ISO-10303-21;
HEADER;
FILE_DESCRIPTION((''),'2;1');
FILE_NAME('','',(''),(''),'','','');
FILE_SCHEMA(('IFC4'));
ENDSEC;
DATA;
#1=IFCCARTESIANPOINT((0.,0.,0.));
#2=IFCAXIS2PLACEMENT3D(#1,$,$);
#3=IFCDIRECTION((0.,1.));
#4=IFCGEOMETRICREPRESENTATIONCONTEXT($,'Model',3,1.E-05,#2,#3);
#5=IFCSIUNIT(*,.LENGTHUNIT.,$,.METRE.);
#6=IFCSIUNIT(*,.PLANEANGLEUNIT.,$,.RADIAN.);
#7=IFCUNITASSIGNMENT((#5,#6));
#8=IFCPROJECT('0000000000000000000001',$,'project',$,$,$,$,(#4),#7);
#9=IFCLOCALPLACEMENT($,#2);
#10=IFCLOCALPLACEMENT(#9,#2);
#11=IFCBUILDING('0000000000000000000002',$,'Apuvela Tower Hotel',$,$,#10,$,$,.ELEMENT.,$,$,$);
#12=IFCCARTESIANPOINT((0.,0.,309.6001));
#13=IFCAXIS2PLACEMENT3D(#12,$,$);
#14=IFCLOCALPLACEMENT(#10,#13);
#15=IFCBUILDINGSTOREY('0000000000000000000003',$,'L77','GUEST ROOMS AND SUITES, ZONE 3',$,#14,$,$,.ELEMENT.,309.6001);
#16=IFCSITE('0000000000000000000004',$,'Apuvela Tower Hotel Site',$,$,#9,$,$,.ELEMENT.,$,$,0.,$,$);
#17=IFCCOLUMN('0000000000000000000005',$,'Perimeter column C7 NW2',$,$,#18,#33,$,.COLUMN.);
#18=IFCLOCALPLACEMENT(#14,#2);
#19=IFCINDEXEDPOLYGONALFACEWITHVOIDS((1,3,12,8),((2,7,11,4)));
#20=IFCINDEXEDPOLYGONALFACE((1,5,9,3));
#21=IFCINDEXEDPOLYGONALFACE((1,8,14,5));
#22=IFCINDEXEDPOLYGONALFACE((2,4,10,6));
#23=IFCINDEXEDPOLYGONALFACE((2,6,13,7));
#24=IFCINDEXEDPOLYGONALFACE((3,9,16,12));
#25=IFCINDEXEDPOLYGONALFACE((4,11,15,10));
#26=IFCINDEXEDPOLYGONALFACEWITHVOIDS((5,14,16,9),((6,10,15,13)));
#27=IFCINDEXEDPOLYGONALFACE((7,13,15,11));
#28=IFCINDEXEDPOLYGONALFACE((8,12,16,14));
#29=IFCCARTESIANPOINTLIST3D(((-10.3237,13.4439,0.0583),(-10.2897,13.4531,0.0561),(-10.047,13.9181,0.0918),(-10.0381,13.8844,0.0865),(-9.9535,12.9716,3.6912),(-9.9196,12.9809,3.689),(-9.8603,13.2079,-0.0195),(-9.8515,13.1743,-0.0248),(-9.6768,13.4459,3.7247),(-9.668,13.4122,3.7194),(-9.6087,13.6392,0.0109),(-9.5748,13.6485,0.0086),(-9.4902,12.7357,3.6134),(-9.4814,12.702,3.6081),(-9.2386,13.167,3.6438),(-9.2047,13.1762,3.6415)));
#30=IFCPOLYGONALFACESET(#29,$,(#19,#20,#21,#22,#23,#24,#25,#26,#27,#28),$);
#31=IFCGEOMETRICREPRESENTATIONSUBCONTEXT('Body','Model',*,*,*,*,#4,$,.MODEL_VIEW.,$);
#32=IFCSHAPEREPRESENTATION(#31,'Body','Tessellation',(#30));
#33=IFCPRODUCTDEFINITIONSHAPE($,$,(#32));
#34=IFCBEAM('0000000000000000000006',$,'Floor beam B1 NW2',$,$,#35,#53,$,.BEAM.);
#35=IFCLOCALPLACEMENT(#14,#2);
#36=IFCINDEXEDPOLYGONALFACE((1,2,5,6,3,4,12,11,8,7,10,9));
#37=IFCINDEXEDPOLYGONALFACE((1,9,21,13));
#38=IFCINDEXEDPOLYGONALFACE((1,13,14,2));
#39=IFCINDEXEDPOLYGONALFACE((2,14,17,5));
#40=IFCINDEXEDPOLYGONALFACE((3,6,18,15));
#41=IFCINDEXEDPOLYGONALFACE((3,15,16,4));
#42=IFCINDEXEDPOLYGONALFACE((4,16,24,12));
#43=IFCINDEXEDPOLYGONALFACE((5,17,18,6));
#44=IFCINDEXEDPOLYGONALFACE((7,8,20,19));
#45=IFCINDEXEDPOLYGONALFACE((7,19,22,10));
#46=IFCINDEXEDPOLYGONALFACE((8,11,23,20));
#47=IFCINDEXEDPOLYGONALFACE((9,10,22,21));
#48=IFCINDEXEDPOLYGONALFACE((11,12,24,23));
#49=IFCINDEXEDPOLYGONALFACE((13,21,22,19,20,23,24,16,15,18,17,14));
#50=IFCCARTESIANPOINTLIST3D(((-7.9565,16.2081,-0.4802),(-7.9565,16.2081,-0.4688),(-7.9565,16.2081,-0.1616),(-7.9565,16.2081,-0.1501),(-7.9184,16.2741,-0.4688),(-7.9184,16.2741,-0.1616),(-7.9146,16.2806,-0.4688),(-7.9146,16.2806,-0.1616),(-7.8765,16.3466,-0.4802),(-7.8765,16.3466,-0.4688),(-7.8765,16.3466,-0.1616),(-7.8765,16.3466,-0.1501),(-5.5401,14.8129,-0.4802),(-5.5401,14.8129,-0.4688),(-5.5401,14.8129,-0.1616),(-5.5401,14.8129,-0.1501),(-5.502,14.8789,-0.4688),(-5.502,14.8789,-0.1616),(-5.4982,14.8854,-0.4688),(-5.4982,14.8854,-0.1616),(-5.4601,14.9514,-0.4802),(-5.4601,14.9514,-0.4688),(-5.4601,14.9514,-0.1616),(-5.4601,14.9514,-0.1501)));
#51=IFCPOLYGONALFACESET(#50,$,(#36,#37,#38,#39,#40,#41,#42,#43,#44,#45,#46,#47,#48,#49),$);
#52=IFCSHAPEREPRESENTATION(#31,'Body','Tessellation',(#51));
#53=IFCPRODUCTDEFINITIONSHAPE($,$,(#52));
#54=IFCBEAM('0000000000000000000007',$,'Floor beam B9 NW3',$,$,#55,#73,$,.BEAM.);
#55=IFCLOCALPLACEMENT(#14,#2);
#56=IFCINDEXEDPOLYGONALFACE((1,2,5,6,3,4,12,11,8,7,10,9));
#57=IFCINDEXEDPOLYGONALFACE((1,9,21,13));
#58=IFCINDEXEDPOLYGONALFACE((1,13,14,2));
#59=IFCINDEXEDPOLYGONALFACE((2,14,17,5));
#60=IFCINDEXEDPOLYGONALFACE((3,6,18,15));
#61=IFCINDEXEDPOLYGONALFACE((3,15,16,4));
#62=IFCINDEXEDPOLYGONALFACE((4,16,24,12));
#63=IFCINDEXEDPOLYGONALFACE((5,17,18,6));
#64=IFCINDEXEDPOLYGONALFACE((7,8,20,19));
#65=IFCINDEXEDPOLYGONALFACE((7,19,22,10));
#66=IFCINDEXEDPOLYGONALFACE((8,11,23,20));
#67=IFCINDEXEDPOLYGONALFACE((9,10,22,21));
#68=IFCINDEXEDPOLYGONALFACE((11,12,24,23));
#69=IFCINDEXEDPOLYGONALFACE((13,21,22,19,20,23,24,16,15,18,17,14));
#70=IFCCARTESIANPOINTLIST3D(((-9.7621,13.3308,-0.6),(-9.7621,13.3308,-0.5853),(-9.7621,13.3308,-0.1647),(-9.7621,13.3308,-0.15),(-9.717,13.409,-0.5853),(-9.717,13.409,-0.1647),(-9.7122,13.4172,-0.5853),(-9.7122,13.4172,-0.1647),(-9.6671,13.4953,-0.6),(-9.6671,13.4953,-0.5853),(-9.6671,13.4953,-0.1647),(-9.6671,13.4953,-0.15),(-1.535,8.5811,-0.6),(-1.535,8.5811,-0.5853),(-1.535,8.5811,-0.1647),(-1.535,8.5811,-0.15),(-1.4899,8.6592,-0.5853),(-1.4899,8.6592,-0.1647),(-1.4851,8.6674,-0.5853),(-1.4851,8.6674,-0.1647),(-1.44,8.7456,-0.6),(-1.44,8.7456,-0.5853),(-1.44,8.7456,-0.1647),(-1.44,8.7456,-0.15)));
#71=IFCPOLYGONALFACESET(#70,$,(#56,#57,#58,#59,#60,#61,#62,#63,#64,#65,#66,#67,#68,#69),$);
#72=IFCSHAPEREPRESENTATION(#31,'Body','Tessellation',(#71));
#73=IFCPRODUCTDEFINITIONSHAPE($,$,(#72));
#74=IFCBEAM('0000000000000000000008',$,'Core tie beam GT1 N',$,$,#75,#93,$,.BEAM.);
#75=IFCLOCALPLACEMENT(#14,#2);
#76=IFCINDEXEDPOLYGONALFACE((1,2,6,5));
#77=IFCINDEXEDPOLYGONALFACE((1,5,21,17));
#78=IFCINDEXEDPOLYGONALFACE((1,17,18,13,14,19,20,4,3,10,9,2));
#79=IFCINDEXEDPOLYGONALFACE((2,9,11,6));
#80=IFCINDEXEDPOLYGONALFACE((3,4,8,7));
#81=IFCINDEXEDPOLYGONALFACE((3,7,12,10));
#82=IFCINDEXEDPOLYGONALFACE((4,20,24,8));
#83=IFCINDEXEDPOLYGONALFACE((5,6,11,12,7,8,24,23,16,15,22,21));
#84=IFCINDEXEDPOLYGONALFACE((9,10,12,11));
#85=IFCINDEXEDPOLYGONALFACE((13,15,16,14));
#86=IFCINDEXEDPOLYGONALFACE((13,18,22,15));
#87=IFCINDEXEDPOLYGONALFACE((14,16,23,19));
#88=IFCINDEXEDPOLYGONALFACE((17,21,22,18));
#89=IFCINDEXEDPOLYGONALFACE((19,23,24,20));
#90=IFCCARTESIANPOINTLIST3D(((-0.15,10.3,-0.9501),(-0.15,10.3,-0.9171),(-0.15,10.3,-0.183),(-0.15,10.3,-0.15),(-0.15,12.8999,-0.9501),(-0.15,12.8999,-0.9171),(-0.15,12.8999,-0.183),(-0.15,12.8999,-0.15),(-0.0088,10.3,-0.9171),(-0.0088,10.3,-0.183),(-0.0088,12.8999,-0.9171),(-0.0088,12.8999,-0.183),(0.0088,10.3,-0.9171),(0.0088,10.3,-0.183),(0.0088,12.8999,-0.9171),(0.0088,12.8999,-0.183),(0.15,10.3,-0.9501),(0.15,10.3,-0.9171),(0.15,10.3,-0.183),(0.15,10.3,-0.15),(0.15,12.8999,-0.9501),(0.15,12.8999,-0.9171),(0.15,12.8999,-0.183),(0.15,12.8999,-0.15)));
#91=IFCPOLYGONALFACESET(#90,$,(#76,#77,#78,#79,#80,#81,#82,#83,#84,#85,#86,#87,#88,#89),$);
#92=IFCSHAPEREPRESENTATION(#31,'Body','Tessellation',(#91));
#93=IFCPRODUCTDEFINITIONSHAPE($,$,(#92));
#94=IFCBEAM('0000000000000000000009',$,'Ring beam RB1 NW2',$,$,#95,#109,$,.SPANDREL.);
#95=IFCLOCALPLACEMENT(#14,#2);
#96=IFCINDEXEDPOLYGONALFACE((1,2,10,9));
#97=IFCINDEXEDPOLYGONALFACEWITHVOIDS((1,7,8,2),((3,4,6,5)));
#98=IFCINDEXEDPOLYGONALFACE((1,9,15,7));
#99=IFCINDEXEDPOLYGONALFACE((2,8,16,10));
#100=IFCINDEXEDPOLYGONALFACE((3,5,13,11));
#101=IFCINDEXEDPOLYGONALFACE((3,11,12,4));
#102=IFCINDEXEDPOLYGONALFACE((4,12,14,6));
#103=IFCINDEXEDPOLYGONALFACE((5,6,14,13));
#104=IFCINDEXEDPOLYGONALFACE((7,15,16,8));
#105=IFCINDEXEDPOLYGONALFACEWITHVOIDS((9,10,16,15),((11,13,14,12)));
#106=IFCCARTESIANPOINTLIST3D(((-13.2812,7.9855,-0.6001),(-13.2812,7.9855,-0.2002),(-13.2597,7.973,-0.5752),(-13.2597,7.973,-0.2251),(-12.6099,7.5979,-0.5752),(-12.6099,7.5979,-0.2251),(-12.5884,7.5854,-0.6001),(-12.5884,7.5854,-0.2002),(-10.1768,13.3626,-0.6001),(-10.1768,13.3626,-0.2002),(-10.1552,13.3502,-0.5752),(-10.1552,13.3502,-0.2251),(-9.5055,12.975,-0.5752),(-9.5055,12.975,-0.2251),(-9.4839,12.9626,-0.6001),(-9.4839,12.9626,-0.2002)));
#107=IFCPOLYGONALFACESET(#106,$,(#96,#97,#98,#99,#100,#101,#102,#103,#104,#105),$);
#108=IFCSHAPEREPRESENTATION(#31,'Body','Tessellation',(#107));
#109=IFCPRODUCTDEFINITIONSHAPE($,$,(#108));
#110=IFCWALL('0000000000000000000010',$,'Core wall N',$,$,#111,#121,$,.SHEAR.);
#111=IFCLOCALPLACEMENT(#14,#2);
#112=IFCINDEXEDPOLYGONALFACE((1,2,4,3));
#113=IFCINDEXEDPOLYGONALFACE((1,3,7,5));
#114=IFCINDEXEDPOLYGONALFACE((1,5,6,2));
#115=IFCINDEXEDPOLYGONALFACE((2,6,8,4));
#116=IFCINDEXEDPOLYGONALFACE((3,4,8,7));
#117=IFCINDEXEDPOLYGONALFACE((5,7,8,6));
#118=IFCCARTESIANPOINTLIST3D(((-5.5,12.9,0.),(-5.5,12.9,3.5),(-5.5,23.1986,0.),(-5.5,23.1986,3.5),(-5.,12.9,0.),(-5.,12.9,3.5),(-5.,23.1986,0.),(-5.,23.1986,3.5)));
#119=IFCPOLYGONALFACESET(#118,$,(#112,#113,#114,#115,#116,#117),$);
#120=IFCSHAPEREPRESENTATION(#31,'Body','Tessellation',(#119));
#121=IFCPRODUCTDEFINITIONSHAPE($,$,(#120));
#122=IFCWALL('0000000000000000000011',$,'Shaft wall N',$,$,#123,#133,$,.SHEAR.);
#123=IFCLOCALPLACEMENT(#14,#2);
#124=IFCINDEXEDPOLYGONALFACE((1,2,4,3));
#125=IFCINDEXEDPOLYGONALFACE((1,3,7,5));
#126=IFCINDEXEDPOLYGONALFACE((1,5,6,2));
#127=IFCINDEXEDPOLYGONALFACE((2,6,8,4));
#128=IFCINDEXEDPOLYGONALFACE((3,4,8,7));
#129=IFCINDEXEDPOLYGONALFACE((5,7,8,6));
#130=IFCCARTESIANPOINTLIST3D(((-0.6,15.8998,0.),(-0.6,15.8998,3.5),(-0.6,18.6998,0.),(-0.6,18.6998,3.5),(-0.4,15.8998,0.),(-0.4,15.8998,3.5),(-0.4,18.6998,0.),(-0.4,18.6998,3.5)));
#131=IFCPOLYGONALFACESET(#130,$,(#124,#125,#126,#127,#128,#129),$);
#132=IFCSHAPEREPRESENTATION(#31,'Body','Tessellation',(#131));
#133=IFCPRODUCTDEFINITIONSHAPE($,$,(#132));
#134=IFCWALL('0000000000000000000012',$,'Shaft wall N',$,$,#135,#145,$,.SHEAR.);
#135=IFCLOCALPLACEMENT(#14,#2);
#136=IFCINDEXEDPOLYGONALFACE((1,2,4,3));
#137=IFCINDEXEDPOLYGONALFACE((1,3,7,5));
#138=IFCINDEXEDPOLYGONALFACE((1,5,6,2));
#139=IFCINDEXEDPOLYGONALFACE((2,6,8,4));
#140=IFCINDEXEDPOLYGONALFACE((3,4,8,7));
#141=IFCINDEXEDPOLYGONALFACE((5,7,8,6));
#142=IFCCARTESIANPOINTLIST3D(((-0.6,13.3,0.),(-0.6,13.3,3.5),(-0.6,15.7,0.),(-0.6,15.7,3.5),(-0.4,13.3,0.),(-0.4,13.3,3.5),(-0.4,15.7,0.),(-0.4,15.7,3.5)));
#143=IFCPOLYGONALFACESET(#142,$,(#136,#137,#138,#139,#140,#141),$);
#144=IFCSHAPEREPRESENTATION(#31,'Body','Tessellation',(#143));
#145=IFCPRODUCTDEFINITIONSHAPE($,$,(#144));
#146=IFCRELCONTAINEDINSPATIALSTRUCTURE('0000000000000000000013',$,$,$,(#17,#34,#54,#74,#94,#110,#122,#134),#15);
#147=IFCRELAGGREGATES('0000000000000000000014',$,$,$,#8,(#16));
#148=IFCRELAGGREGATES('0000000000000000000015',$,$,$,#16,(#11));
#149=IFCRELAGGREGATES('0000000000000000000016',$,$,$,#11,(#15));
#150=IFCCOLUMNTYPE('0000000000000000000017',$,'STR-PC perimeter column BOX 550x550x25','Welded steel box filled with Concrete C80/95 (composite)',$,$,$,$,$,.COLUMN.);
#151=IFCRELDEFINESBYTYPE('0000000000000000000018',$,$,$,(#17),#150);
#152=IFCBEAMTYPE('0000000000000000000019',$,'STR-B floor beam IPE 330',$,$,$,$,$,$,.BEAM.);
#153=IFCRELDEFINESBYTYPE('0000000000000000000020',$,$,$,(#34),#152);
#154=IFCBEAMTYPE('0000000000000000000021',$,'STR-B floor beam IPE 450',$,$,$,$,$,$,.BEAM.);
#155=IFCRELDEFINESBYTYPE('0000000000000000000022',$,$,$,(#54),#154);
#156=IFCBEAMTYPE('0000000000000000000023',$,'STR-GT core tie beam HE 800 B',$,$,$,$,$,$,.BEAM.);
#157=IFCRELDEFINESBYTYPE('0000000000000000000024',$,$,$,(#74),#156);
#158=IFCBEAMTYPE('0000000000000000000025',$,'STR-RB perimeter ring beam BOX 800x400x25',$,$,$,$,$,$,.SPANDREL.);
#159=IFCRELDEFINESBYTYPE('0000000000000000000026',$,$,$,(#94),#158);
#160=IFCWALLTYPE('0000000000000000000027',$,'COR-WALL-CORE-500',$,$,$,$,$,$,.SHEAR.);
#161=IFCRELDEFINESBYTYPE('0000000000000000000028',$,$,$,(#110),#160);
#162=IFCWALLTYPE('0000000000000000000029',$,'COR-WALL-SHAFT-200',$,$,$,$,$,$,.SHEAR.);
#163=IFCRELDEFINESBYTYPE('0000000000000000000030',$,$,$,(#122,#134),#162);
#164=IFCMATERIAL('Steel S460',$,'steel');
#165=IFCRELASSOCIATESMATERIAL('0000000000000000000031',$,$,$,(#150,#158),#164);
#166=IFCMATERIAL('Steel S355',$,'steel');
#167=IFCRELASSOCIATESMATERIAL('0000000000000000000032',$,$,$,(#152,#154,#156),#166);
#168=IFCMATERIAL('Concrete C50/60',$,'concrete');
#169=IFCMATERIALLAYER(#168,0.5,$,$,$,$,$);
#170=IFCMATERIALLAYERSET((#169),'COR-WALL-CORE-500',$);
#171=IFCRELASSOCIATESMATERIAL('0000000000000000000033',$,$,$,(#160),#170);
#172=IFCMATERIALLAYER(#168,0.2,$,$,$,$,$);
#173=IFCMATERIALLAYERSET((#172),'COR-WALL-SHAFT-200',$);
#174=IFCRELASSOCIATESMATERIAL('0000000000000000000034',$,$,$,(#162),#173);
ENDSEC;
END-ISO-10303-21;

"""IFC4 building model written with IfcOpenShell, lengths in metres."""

from ifc_helpers import new_model, si_unit, direction, frame, frame_2d, origin, origin_2d, place, context, subcontext, project, spatial, rectangle, hollow_rectangle, i_section, extrude, boolean, halfspace, material, layer, layer_set, material_profile, profile_set, type_object, element, save


model = new_model("IFC4")

# Units and contexts
model_context = context("Model", 3, precision=1e-05, world=origin(), true_north=direction((0.0, 1.0)))
body_context = subcontext(model_context, "Body", "Model", "MODEL_VIEW")
ifc_project = project(units=[si_unit("LENGTHUNIT", "METRE"), si_unit("PLANEANGLEUNIT", "RADIAN")], contexts=[model_context])

# Site, building, storey
site_placement = place(None, origin())
site = spatial("IfcSite", under=ifc_project, at=site_placement, Name="Apuvela Tower Hotel Site", CompositionType="ELEMENT", RefElevation=0.0)
building_placement = place(site_placement, origin())
building = spatial("IfcBuilding", under=site, at=building_placement, Name="Apuvela Tower Hotel", CompositionType="ELEMENT")
storey_placement = place(building_placement, frame((0.0, 0.0, 309.6001)))
storey = spatial("IfcBuildingStorey", under=building, at=storey_placement, Name="L77", Description="GUEST ROOMS AND SUITES, ZONE 3", CompositionType="ELEMENT", Elevation=309.6001)

# Column
ifc_material_1 = material(Name="Steel S460", Category="steel")
ifc_material_profile_1 = material_profile(ifc_material_1, hollow_rectangle(XDim=0.55, YDim=0.55, WallThickness=0.0249, at=origin_2d()), Name="BOX 550x550x25")
ifc_material_2 = material(Name="Concrete C80/95", Category="concrete")
ifc_material_profile_2 = material_profile(ifc_material_2, rectangle(XDim=0.5, YDim=0.5, at=origin_2d()), Name="Concrete C80/95 infill")
ifc_profile_set_1 = profile_set([ifc_material_profile_1, ifc_material_profile_2], Name="Steel S460")
column_type = type_object("IfcColumnType", Name="STR-PC perimeter column BOX 550x550x25", Description="Welded steel box filled with Concrete C80/95 (composite)", PredefinedType="COLUMN", material=ifc_profile_set_1)
column_placement = place(storey_placement, frame((-9.9526, 13.5505, 0.0), z_axis=(0.100519, -0.128253, 0.986634), x_axis=(0.503005, 0.862141, 0.060823)))
element("IfcColumn", 1, at=column_placement, inside=storey, type_object=column_type, Name="Perimeter column C7 NW2", PredefinedType="COLUMN", context=body_context, shape_type="SweptSolid", body=[
    boolean("DIFFERENCE", boolean("DIFFERENCE", extrude(hollow_rectangle(XDim=0.55, YDim=0.55, WallThickness=0.0249, at=origin_2d()), origin(), (0.0, 0.0, 1.0), 3.75), halfspace(frame((0.0, 0.0, 0.0339), z_axis=(0.0, 0.0, 1.0), x_axis=(1.0, 0.0, 0.0)), True)), halfspace(frame((0.0, 0.0, 3.7161), z_axis=(0.0, 0.0, 1.0), x_axis=(1.0, 0.0, 0.0)), False)),
])

# Beams
ifc_material_3 = material(Name="Steel S355", Category="steel")
ifc_material_profile_3 = material_profile(ifc_material_3, i_section(OverallWidth=0.1599, OverallDepth=0.3301, WebThickness=0.0076, FlangeThickness=0.0115, at=origin_2d()), Name="IPE 330")
ifc_profile_set_2 = profile_set([ifc_material_profile_3], Name="Steel S355")
beam_type_1 = type_object("IfcBeamType", Name="STR-B floor beam IPE 330", PredefinedType="BEAM", material=ifc_profile_set_2)
beam_1_placement = place(storey_placement, frame((-7.9165, 16.2773, -0.3152), z_axis=(0.866011, -0.500025, 0.0), x_axis=(0.500025, 0.866011, 0.0)))
element("IfcBeam", 2, at=beam_1_placement, inside=storey, type_object=beam_type_1, Name="Floor beam B1 NW2", PredefinedType="BEAM", context=body_context, shape_type="SweptSolid", body=[
    extrude(i_section(OverallWidth=0.1599, OverallDepth=0.3301, WebThickness=0.0076, FlangeThickness=0.0115, at=origin_2d()), origin(), (0.0, 0.0, 1.0), 2.7903),
])
ifc_material_profile_4 = material_profile(ifc_material_3, i_section(OverallWidth=0.1899, OverallDepth=0.45, WebThickness=0.0095, FlangeThickness=0.0146, at=origin_2d()), Name="IPE 450")
ifc_profile_set_3 = profile_set([ifc_material_profile_4], Name="Steel S355")
beam_type_2 = type_object("IfcBeamType", Name="STR-B floor beam IPE 450", PredefinedType="BEAM", material=ifc_profile_set_3)
beam_2_placement = place(storey_placement, frame((-9.7146, 13.4131, -0.375), z_axis=(0.866032, -0.499989, 0.0), x_axis=(0.499989, 0.866032, 0.0)))
element("IfcBeam", 3, at=beam_2_placement, inside=storey, type_object=beam_type_2, Name="Floor beam B9 NW3", PredefinedType="BEAM", context=body_context, shape_type="SweptSolid", body=[
    extrude(i_section(OverallWidth=0.1899, OverallDepth=0.45, WebThickness=0.0095, FlangeThickness=0.0146, at=origin_2d()), origin(), (0.0, 0.0, 1.0), 9.4998),
])
ifc_material_profile_5 = material_profile(ifc_material_3, i_section(OverallWidth=0.3, OverallDepth=0.8, WebThickness=0.0176, FlangeThickness=0.033, at=origin_2d()), Name="HE 800 B")
ifc_profile_set_4 = profile_set([ifc_material_profile_5], Name="Steel S355")
beam_type_3 = type_object("IfcBeamType", Name="STR-GT core tie beam HE 800 B", PredefinedType="BEAM", material=ifc_profile_set_4)
beam_3_placement = place(storey_placement, frame((0.0, 12.8999, -0.55), z_axis=(0.0, -1.0, 0.0), x_axis=(1.0, 0.0, 0.0)))
element("IfcBeam", 4, at=beam_3_placement, inside=storey, type_object=beam_type_3, Name="Core tie beam GT1 N", PredefinedType="BEAM", context=body_context, shape_type="SweptSolid", body=[
    extrude(i_section(OverallWidth=0.3, OverallDepth=0.8, WebThickness=0.0176, FlangeThickness=0.033, at=origin_2d()), origin(), (0.0, 0.0, 1.0), 2.5999),
])
ifc_material_profile_6 = material_profile(ifc_material_1, hollow_rectangle(XDim=0.8, YDim=0.3999, WallThickness=0.0249, at=origin_2d()), Name="BOX 800x400x25")
ifc_profile_set_5 = profile_set([ifc_material_profile_6], Name="Steel S460")
beam_type_4 = type_object("IfcBeamType", Name="STR-RB perimeter ring beam BOX 800x400x25", PredefinedType="SPANDREL", material=ifc_profile_set_5)
beam_4_placement = place(storey_placement, frame((-9.8303, 13.1626, -0.4001), z_axis=(-0.499996, -0.866028, 0.0), x_axis=(0.866028, -0.499996, 0.0)))
element("IfcBeam", 5, at=beam_4_placement, inside=storey, type_object=beam_type_4, Name="Ring beam RB1 NW2", PredefinedType="SPANDREL", context=body_context, shape_type="SweptSolid", body=[
    extrude(hollow_rectangle(XDim=0.8, YDim=0.3999, WallThickness=0.0249, at=origin_2d()), origin(), (0.0, 0.0, 1.0), 6.209),
])

# Walls
ifc_material_4 = material(Name="Concrete C50/60", Category="concrete")
ifc_layer_1 = layer(ifc_material_4, 0.5)
ifc_layer_set_1 = layer_set([ifc_layer_1], Name="COR-WALL-CORE-500")
wall_type_1 = type_object("IfcWallType", Name="COR-WALL-CORE-500", PredefinedType="SHEAR", material=ifc_layer_set_1)
wall_1_placement = place(storey_placement, frame((-5.25, 12.8999, 0.0), z_axis=(0.0, 0.0, 1.0), x_axis=(0.0, 1.0, 0.0)))
element("IfcWall", 6, at=wall_1_placement, inside=storey, type_object=wall_type_1, Name="Core wall N", PredefinedType="SHEAR", context=body_context, shape_type="SweptSolid", body=[
    extrude(rectangle(XDim=10.2986, YDim=0.5, at=frame_2d((5.1494, 0.0))), origin(), (0.0, 0.0, 1.0), 3.5),
])
ifc_layer_2 = layer(ifc_material_4, 0.2)
ifc_layer_set_2 = layer_set([ifc_layer_2], Name="COR-WALL-SHAFT-200")
wall_type_2 = type_object("IfcWallType", Name="COR-WALL-SHAFT-200", PredefinedType="SHEAR", material=ifc_layer_set_2)
wall_2_placement = place(storey_placement, frame((-0.5, 15.8999, 0.0), z_axis=(0.0, 0.0, 1.0), x_axis=(0.0, 1.0, 0.0)))
element("IfcWall", 7, at=wall_2_placement, inside=storey, type_object=wall_type_2, Name="Shaft wall N", PredefinedType="SHEAR", context=body_context, shape_type="SweptSolid", body=[
    extrude(rectangle(XDim=2.8, YDim=0.2, at=frame_2d((1.3999, 0.0))), origin(), (0.0, 0.0, 1.0), 3.5),
])
wall_3_placement = place(storey_placement, frame((-0.5, 13.3, 0.0), z_axis=(0.0, 0.0, 1.0), x_axis=(0.0, 1.0, 0.0)))
element("IfcWall", 8, at=wall_3_placement, inside=storey, type_object=wall_type_2, Name="Shaft wall N", PredefinedType="SHEAR", context=body_context, shape_type="SweptSolid", body=[
    extrude(rectangle(XDim=2.3999, YDim=0.2, at=frame_2d((1.2, 0.0))), origin(), (0.0, 0.0, 1.0), 3.5),
])

save(model, "model.ifc")
